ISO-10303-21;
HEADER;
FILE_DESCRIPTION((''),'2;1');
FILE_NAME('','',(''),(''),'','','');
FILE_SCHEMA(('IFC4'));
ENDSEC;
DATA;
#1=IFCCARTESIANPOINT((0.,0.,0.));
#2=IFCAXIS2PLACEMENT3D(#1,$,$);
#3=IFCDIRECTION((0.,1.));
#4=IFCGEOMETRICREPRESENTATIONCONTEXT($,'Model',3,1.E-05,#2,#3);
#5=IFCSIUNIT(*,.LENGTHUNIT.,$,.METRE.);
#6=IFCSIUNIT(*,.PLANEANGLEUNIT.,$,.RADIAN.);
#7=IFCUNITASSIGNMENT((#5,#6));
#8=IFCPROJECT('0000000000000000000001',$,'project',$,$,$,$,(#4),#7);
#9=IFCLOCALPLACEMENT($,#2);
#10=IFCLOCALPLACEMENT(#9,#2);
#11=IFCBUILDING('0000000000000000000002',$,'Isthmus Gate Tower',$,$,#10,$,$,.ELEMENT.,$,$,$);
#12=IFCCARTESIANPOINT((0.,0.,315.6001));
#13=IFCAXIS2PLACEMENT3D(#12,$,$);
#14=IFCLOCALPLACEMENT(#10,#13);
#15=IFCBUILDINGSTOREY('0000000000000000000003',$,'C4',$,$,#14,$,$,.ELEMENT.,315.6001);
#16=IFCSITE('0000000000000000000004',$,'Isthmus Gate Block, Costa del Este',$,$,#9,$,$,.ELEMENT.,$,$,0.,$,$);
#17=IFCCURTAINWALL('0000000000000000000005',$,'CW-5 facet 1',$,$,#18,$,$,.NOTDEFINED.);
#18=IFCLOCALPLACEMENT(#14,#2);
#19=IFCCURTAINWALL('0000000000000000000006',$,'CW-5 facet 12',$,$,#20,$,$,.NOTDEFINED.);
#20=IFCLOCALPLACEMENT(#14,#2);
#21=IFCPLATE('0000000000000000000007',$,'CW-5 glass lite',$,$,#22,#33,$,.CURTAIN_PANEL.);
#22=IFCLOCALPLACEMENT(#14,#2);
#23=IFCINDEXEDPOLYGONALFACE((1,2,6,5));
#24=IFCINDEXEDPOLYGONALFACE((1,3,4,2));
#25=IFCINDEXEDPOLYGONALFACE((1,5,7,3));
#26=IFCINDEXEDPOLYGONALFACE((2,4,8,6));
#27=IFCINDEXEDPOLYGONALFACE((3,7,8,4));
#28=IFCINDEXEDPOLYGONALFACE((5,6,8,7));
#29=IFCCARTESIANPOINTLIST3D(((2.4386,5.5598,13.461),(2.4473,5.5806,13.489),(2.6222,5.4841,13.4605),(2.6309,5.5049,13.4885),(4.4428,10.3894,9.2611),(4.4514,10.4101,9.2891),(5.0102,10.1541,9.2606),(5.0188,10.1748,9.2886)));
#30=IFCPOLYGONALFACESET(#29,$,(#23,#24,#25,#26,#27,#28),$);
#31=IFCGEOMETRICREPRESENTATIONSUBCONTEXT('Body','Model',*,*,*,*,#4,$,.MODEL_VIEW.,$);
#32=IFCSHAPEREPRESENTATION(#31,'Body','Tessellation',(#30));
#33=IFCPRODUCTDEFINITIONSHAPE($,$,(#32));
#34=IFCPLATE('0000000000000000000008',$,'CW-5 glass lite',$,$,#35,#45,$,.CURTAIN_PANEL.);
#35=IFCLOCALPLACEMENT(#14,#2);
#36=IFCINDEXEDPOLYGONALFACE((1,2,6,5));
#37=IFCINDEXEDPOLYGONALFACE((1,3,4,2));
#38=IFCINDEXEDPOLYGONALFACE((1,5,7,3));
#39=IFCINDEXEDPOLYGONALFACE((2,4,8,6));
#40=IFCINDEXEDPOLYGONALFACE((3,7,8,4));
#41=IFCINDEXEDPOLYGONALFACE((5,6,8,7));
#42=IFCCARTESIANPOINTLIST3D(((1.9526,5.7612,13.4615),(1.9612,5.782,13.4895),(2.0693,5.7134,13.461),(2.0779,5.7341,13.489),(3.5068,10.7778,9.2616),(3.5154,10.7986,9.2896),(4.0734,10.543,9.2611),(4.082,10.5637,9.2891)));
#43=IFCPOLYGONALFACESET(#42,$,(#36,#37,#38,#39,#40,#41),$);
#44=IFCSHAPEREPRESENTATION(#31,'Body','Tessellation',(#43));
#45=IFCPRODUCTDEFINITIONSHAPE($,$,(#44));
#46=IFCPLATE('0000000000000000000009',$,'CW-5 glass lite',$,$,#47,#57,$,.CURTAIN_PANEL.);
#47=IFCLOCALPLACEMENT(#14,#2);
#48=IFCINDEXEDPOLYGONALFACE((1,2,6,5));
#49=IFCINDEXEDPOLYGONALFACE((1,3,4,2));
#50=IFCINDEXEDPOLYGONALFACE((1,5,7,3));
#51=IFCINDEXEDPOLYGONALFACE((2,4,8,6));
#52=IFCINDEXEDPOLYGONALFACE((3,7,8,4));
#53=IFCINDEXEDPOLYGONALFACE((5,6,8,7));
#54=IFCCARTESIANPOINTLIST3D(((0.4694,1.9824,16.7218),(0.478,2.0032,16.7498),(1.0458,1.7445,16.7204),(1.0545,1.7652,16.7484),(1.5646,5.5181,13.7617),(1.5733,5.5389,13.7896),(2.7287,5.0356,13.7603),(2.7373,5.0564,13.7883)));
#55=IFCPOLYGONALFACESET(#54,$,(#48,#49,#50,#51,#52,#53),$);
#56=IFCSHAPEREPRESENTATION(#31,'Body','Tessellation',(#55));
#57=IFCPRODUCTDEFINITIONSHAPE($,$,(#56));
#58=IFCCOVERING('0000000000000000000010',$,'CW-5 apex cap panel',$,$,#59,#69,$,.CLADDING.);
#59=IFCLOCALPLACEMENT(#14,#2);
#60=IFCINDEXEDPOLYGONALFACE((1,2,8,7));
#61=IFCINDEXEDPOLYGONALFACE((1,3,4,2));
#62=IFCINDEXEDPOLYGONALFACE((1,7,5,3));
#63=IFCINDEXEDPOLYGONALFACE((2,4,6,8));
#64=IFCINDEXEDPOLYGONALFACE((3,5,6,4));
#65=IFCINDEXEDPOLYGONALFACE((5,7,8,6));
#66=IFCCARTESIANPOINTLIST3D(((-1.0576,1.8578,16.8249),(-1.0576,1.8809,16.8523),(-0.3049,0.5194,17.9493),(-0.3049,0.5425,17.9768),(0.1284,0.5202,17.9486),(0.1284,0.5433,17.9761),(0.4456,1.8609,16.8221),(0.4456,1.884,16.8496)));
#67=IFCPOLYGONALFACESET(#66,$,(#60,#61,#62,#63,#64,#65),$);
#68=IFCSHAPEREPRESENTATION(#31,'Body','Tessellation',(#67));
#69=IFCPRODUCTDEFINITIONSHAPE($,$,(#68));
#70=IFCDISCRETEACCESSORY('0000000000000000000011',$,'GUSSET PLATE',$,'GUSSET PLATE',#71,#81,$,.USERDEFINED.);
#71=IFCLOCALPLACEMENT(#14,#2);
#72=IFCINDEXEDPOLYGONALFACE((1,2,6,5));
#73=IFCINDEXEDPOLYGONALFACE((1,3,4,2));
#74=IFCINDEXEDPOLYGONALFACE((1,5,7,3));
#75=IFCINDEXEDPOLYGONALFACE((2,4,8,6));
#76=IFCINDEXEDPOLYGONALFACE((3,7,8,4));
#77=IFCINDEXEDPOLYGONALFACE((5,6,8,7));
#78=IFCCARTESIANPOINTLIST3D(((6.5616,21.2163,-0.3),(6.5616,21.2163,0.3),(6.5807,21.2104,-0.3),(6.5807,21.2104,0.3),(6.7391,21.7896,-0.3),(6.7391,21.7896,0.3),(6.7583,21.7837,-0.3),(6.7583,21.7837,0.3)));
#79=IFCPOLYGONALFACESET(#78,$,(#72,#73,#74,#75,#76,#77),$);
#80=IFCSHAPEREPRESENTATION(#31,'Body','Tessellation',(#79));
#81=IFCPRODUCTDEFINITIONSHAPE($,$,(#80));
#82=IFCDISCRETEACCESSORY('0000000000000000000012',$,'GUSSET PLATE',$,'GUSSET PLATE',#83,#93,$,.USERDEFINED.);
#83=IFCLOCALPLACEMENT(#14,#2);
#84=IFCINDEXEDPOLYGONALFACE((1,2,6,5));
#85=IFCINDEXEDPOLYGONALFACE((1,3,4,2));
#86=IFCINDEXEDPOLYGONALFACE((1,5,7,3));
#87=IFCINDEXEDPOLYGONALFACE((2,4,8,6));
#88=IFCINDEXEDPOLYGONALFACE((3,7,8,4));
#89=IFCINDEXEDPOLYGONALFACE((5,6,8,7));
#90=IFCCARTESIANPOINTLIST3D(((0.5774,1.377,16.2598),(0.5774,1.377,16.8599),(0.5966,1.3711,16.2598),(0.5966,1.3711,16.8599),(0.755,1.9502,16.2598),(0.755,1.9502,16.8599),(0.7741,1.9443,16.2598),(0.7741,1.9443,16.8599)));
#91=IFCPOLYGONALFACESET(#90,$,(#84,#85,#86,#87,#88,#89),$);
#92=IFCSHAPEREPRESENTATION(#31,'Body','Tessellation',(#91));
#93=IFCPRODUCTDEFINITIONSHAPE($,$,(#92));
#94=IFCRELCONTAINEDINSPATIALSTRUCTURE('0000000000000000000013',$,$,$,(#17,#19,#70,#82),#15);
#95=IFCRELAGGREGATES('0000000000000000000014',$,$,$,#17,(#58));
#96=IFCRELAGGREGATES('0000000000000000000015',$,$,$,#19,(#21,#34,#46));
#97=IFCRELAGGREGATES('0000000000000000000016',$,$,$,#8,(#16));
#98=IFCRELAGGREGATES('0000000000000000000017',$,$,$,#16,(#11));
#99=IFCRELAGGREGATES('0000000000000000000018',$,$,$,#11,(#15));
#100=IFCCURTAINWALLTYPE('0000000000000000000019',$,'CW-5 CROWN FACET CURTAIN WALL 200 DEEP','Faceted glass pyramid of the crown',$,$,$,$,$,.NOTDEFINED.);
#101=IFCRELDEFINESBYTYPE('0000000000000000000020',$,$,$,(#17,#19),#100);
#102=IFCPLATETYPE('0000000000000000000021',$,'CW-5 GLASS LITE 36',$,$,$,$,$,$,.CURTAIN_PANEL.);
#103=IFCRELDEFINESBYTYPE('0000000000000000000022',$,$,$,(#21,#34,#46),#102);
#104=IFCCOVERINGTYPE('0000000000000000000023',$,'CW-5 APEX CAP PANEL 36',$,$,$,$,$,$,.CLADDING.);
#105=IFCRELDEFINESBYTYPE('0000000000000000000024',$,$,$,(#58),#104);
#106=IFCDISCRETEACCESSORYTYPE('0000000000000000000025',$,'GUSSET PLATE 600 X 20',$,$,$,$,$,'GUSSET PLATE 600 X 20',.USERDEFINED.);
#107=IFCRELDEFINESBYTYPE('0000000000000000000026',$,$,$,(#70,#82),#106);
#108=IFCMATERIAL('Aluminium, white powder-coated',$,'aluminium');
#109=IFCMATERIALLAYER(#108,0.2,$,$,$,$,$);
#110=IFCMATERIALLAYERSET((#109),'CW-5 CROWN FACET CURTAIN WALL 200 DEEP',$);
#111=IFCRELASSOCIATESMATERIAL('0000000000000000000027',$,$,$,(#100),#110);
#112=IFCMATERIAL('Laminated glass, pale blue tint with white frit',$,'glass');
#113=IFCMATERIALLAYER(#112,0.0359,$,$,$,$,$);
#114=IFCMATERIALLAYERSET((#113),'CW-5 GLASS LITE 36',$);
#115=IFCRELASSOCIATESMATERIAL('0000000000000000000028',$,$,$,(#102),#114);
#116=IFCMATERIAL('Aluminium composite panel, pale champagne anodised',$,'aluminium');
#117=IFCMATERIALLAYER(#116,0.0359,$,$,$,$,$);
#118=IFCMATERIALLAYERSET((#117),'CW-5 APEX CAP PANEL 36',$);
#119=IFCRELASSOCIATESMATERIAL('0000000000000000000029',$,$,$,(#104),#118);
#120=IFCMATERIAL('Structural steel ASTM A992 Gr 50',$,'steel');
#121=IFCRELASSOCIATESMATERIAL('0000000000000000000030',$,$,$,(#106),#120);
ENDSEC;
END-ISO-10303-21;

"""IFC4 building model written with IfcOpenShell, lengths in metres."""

from ifc_helpers import new_model, si_unit, direction, frame, origin, origin_2d, place, context, subcontext, project, spatial, polyline, rectangle, outline, extrude, material, layer, layer_set, type_object, element, aggregate, save


model = new_model("IFC4")

# Units and contexts
model_context = context("Model", 3, precision=1e-05, world=origin(), true_north=direction((0.0, 1.0)))
body_context = subcontext(model_context, "Body", "Model", "MODEL_VIEW")
ifc_project = project(units=[si_unit("LENGTHUNIT", "METRE"), si_unit("PLANEANGLEUNIT", "RADIAN")], contexts=[model_context])

# Site, building, storey
site_placement = place(None, origin())
site = spatial("IfcSite", under=ifc_project, at=site_placement, Name="Isthmus Gate Block, Costa del Este", CompositionType="ELEMENT", RefElevation=0.0)
building_placement = place(site_placement, origin())
building = spatial("IfcBuilding", under=site, at=building_placement, Name="Isthmus Gate Tower", CompositionType="ELEMENT")
storey_placement = place(building_placement, frame((0.0, 0.0, 315.6001)))
storey = spatial("IfcBuildingStorey", under=building, at=storey_placement, Name="C4", CompositionType="ELEMENT", Elevation=315.6001)

# Curtain wall
ifc_material_1 = material(Name="Aluminium, white powder-coated", Category="aluminium")
ifc_layer_1 = layer(ifc_material_1, 0.2)
ifc_layer_set_1 = layer_set([ifc_layer_1], Name="CW-5 CROWN FACET CURTAIN WALL 200 DEEP")
curtain_wall_type = type_object("IfcCurtainWallType", Name="CW-5 CROWN FACET CURTAIN WALL 200 DEEP", Description="Faceted glass pyramid of the crown", PredefinedType="NOTDEFINED", material=ifc_layer_set_1)
curtain_wall_1_placement = place(storey_placement, origin())
curtain_wall_1 = element("IfcCurtainWall", 1, at=curtain_wall_1_placement, inside=storey, type_object=curtain_wall_type, Name="CW-5 facet 1", PredefinedType="NOTDEFINED")
placement_1 = place(building_placement, frame((0.0, 0.0, 324.6001)))

# Curtain wall
curtain_wall_2_placement = place(storey_placement, origin())
curtain_wall_2 = element("IfcCurtainWall", 2, at=curtain_wall_2_placement, inside=storey, type_object=curtain_wall_type, Name="CW-5 facet 12", PredefinedType="NOTDEFINED")

# Shared definitions
placement_2 = place(building_placement, frame((0.0, 0.0, 329.1001)))

# Plates
ifc_material_2 = material(Name="Laminated glass, pale blue tint with white frit", Category="glass")
ifc_layer_2 = layer(ifc_material_2, 0.0359)
ifc_layer_set_2 = layer_set([ifc_layer_2], Name="CW-5 GLASS LITE 36")
plate_type = type_object("IfcPlateType", Name="CW-5 GLASS LITE 36", PredefinedType="CURTAIN_PANEL", material=ifc_layer_set_2)
plate_1_placement = place(placement_1, frame((5.0188, 10.1748, 0.2886), z_axis=(0.240491, 0.578205, 0.779643), x_axis=(-0.923691, 0.383137, 0.00078)))
plate_1 = element("IfcPlate", 3, at=plate_1_placement, type_object=plate_type, Name="CW-5 glass lite", PredefinedType="CURTAIN_PANEL", context=body_context, shape_type="SweptSolid", body=[
    extrude(outline(polyline([(0.0, 0.0), (0.6143, 0.0), (0.6184, 6.7068), (0.4198, 6.7063), (0.0, 0.0)])), origin(), (0.0, 0.0, -1.0), 0.0359),
])
plate_2_placement = place(placement_1, frame((4.082, 10.5637, 0.2891), z_axis=(0.240352, 0.578262, 0.779644), x_axis=(-0.923792, 0.382893, 0.000799)))
plate_2 = element("IfcPlate", 4, at=plate_2_placement, type_object=plate_type, Name="CW-5 glass lite", PredefinedType="CURTAIN_PANEL", context=body_context, shape_type="SweptSolid", body=[
    extrude(outline(polyline([(0.0, 0.0), (0.6134, 0.0), (0.1317, 6.7074), (0.0056, 6.7068), (0.0, 0.0)])), origin(), (0.0, 0.0, -1.0), 0.0359),
])
plate_3_placement = place(placement_2, frame((2.7373, 5.0564, 0.2883), z_axis=(0.240544, 0.578198, 0.779632), x_axis=(-0.923785, 0.382909, 0.001044)))
plate_3 = element("IfcPlate", 5, at=plate_3_placement, type_object=plate_type, Name="CW-5 glass lite", PredefinedType="CURTAIN_PANEL", context=body_context, shape_type="SweptSolid", body=[
    extrude(outline(polyline([(0.0, 0.0), (1.2601, 0.0), (0.9211, 4.7274), (0.2974, 4.7262), (0.0, 0.0)])), origin(), (0.0, 0.0, -1.0), 0.0359),
])

# Covering
ifc_material_3 = material(Name="Aluminium composite panel, pale champagne anodised", Category="aluminium")
ifc_layer_3 = layer(ifc_material_3, 0.0359)
ifc_layer_set_3 = layer_set([ifc_layer_3], Name="CW-5 APEX CAP PANEL 36")
covering_type = type_object("IfcCoveringType", Name="CW-5 APEX CAP PANEL 36", PredefinedType="CLADDING", material=ifc_layer_set_3)
covering_1_placement = place(placement_2, frame((0.4456, 1.884, 3.3496), z_axis=(0.000054, 0.643272, 0.765637), x_axis=(-0.999996, -0.002083, 0.00182)))
covering_1 = element("IfcCovering", 6, at=covering_1_placement, type_object=covering_type, Name="CW-5 apex cap panel", PredefinedType="CLADDING", context=body_context, shape_type="SweptSolid", body=[
    extrude(outline(polyline([(0.0, 0.0), (1.5032, 0.0), (0.7553, 1.7502), (0.322, 1.7503), (0.0, 0.0)])), origin(), (0.0, 0.0, -1.0), 0.0359),
])
aggregate(curtain_wall_1, [covering_1])
aggregate(curtain_wall_2, [plate_1, plate_2, plate_3])

# Discrete accessories
ifc_material_4 = material(Name="Structural steel ASTM A992 Gr 50", Category="steel")
discrete_accessory_type = type_object("IfcDiscreteAccessoryType", Name="GUSSET PLATE 600 X 20", ElementType="GUSSET PLATE 600 X 20", PredefinedType="USERDEFINED", material=ifc_material_4)
for number, where, z_axis, x_axis, name in (
    (7, (6.6599, 21.5, -0.3), (0.0, 0.0, 1.0), (-0.295896, -0.95522, 0.0), "GUSSET PLATE"),
    (8, (0.6758, 1.6606, 16.2598), (0.0, 0.0, 1.0), (-0.295896, -0.95522, 0.0), "GUSSET PLATE"),
):
    element("IfcDiscreteAccessory", number, at=place(storey_placement, frame(where, z_axis=z_axis, x_axis=x_axis)), inside=storey, type_object=discrete_accessory_type, Name=name, ObjectType="GUSSET PLATE", PredefinedType="USERDEFINED", context=body_context, shape_type="SweptSolid", body=[
        extrude(rectangle(XDim=0.6001, YDim=0.02, at=origin_2d()), origin(), (0.0, 0.0, 1.0), 0.6001),
    ])

save(model, "model.ifc")
